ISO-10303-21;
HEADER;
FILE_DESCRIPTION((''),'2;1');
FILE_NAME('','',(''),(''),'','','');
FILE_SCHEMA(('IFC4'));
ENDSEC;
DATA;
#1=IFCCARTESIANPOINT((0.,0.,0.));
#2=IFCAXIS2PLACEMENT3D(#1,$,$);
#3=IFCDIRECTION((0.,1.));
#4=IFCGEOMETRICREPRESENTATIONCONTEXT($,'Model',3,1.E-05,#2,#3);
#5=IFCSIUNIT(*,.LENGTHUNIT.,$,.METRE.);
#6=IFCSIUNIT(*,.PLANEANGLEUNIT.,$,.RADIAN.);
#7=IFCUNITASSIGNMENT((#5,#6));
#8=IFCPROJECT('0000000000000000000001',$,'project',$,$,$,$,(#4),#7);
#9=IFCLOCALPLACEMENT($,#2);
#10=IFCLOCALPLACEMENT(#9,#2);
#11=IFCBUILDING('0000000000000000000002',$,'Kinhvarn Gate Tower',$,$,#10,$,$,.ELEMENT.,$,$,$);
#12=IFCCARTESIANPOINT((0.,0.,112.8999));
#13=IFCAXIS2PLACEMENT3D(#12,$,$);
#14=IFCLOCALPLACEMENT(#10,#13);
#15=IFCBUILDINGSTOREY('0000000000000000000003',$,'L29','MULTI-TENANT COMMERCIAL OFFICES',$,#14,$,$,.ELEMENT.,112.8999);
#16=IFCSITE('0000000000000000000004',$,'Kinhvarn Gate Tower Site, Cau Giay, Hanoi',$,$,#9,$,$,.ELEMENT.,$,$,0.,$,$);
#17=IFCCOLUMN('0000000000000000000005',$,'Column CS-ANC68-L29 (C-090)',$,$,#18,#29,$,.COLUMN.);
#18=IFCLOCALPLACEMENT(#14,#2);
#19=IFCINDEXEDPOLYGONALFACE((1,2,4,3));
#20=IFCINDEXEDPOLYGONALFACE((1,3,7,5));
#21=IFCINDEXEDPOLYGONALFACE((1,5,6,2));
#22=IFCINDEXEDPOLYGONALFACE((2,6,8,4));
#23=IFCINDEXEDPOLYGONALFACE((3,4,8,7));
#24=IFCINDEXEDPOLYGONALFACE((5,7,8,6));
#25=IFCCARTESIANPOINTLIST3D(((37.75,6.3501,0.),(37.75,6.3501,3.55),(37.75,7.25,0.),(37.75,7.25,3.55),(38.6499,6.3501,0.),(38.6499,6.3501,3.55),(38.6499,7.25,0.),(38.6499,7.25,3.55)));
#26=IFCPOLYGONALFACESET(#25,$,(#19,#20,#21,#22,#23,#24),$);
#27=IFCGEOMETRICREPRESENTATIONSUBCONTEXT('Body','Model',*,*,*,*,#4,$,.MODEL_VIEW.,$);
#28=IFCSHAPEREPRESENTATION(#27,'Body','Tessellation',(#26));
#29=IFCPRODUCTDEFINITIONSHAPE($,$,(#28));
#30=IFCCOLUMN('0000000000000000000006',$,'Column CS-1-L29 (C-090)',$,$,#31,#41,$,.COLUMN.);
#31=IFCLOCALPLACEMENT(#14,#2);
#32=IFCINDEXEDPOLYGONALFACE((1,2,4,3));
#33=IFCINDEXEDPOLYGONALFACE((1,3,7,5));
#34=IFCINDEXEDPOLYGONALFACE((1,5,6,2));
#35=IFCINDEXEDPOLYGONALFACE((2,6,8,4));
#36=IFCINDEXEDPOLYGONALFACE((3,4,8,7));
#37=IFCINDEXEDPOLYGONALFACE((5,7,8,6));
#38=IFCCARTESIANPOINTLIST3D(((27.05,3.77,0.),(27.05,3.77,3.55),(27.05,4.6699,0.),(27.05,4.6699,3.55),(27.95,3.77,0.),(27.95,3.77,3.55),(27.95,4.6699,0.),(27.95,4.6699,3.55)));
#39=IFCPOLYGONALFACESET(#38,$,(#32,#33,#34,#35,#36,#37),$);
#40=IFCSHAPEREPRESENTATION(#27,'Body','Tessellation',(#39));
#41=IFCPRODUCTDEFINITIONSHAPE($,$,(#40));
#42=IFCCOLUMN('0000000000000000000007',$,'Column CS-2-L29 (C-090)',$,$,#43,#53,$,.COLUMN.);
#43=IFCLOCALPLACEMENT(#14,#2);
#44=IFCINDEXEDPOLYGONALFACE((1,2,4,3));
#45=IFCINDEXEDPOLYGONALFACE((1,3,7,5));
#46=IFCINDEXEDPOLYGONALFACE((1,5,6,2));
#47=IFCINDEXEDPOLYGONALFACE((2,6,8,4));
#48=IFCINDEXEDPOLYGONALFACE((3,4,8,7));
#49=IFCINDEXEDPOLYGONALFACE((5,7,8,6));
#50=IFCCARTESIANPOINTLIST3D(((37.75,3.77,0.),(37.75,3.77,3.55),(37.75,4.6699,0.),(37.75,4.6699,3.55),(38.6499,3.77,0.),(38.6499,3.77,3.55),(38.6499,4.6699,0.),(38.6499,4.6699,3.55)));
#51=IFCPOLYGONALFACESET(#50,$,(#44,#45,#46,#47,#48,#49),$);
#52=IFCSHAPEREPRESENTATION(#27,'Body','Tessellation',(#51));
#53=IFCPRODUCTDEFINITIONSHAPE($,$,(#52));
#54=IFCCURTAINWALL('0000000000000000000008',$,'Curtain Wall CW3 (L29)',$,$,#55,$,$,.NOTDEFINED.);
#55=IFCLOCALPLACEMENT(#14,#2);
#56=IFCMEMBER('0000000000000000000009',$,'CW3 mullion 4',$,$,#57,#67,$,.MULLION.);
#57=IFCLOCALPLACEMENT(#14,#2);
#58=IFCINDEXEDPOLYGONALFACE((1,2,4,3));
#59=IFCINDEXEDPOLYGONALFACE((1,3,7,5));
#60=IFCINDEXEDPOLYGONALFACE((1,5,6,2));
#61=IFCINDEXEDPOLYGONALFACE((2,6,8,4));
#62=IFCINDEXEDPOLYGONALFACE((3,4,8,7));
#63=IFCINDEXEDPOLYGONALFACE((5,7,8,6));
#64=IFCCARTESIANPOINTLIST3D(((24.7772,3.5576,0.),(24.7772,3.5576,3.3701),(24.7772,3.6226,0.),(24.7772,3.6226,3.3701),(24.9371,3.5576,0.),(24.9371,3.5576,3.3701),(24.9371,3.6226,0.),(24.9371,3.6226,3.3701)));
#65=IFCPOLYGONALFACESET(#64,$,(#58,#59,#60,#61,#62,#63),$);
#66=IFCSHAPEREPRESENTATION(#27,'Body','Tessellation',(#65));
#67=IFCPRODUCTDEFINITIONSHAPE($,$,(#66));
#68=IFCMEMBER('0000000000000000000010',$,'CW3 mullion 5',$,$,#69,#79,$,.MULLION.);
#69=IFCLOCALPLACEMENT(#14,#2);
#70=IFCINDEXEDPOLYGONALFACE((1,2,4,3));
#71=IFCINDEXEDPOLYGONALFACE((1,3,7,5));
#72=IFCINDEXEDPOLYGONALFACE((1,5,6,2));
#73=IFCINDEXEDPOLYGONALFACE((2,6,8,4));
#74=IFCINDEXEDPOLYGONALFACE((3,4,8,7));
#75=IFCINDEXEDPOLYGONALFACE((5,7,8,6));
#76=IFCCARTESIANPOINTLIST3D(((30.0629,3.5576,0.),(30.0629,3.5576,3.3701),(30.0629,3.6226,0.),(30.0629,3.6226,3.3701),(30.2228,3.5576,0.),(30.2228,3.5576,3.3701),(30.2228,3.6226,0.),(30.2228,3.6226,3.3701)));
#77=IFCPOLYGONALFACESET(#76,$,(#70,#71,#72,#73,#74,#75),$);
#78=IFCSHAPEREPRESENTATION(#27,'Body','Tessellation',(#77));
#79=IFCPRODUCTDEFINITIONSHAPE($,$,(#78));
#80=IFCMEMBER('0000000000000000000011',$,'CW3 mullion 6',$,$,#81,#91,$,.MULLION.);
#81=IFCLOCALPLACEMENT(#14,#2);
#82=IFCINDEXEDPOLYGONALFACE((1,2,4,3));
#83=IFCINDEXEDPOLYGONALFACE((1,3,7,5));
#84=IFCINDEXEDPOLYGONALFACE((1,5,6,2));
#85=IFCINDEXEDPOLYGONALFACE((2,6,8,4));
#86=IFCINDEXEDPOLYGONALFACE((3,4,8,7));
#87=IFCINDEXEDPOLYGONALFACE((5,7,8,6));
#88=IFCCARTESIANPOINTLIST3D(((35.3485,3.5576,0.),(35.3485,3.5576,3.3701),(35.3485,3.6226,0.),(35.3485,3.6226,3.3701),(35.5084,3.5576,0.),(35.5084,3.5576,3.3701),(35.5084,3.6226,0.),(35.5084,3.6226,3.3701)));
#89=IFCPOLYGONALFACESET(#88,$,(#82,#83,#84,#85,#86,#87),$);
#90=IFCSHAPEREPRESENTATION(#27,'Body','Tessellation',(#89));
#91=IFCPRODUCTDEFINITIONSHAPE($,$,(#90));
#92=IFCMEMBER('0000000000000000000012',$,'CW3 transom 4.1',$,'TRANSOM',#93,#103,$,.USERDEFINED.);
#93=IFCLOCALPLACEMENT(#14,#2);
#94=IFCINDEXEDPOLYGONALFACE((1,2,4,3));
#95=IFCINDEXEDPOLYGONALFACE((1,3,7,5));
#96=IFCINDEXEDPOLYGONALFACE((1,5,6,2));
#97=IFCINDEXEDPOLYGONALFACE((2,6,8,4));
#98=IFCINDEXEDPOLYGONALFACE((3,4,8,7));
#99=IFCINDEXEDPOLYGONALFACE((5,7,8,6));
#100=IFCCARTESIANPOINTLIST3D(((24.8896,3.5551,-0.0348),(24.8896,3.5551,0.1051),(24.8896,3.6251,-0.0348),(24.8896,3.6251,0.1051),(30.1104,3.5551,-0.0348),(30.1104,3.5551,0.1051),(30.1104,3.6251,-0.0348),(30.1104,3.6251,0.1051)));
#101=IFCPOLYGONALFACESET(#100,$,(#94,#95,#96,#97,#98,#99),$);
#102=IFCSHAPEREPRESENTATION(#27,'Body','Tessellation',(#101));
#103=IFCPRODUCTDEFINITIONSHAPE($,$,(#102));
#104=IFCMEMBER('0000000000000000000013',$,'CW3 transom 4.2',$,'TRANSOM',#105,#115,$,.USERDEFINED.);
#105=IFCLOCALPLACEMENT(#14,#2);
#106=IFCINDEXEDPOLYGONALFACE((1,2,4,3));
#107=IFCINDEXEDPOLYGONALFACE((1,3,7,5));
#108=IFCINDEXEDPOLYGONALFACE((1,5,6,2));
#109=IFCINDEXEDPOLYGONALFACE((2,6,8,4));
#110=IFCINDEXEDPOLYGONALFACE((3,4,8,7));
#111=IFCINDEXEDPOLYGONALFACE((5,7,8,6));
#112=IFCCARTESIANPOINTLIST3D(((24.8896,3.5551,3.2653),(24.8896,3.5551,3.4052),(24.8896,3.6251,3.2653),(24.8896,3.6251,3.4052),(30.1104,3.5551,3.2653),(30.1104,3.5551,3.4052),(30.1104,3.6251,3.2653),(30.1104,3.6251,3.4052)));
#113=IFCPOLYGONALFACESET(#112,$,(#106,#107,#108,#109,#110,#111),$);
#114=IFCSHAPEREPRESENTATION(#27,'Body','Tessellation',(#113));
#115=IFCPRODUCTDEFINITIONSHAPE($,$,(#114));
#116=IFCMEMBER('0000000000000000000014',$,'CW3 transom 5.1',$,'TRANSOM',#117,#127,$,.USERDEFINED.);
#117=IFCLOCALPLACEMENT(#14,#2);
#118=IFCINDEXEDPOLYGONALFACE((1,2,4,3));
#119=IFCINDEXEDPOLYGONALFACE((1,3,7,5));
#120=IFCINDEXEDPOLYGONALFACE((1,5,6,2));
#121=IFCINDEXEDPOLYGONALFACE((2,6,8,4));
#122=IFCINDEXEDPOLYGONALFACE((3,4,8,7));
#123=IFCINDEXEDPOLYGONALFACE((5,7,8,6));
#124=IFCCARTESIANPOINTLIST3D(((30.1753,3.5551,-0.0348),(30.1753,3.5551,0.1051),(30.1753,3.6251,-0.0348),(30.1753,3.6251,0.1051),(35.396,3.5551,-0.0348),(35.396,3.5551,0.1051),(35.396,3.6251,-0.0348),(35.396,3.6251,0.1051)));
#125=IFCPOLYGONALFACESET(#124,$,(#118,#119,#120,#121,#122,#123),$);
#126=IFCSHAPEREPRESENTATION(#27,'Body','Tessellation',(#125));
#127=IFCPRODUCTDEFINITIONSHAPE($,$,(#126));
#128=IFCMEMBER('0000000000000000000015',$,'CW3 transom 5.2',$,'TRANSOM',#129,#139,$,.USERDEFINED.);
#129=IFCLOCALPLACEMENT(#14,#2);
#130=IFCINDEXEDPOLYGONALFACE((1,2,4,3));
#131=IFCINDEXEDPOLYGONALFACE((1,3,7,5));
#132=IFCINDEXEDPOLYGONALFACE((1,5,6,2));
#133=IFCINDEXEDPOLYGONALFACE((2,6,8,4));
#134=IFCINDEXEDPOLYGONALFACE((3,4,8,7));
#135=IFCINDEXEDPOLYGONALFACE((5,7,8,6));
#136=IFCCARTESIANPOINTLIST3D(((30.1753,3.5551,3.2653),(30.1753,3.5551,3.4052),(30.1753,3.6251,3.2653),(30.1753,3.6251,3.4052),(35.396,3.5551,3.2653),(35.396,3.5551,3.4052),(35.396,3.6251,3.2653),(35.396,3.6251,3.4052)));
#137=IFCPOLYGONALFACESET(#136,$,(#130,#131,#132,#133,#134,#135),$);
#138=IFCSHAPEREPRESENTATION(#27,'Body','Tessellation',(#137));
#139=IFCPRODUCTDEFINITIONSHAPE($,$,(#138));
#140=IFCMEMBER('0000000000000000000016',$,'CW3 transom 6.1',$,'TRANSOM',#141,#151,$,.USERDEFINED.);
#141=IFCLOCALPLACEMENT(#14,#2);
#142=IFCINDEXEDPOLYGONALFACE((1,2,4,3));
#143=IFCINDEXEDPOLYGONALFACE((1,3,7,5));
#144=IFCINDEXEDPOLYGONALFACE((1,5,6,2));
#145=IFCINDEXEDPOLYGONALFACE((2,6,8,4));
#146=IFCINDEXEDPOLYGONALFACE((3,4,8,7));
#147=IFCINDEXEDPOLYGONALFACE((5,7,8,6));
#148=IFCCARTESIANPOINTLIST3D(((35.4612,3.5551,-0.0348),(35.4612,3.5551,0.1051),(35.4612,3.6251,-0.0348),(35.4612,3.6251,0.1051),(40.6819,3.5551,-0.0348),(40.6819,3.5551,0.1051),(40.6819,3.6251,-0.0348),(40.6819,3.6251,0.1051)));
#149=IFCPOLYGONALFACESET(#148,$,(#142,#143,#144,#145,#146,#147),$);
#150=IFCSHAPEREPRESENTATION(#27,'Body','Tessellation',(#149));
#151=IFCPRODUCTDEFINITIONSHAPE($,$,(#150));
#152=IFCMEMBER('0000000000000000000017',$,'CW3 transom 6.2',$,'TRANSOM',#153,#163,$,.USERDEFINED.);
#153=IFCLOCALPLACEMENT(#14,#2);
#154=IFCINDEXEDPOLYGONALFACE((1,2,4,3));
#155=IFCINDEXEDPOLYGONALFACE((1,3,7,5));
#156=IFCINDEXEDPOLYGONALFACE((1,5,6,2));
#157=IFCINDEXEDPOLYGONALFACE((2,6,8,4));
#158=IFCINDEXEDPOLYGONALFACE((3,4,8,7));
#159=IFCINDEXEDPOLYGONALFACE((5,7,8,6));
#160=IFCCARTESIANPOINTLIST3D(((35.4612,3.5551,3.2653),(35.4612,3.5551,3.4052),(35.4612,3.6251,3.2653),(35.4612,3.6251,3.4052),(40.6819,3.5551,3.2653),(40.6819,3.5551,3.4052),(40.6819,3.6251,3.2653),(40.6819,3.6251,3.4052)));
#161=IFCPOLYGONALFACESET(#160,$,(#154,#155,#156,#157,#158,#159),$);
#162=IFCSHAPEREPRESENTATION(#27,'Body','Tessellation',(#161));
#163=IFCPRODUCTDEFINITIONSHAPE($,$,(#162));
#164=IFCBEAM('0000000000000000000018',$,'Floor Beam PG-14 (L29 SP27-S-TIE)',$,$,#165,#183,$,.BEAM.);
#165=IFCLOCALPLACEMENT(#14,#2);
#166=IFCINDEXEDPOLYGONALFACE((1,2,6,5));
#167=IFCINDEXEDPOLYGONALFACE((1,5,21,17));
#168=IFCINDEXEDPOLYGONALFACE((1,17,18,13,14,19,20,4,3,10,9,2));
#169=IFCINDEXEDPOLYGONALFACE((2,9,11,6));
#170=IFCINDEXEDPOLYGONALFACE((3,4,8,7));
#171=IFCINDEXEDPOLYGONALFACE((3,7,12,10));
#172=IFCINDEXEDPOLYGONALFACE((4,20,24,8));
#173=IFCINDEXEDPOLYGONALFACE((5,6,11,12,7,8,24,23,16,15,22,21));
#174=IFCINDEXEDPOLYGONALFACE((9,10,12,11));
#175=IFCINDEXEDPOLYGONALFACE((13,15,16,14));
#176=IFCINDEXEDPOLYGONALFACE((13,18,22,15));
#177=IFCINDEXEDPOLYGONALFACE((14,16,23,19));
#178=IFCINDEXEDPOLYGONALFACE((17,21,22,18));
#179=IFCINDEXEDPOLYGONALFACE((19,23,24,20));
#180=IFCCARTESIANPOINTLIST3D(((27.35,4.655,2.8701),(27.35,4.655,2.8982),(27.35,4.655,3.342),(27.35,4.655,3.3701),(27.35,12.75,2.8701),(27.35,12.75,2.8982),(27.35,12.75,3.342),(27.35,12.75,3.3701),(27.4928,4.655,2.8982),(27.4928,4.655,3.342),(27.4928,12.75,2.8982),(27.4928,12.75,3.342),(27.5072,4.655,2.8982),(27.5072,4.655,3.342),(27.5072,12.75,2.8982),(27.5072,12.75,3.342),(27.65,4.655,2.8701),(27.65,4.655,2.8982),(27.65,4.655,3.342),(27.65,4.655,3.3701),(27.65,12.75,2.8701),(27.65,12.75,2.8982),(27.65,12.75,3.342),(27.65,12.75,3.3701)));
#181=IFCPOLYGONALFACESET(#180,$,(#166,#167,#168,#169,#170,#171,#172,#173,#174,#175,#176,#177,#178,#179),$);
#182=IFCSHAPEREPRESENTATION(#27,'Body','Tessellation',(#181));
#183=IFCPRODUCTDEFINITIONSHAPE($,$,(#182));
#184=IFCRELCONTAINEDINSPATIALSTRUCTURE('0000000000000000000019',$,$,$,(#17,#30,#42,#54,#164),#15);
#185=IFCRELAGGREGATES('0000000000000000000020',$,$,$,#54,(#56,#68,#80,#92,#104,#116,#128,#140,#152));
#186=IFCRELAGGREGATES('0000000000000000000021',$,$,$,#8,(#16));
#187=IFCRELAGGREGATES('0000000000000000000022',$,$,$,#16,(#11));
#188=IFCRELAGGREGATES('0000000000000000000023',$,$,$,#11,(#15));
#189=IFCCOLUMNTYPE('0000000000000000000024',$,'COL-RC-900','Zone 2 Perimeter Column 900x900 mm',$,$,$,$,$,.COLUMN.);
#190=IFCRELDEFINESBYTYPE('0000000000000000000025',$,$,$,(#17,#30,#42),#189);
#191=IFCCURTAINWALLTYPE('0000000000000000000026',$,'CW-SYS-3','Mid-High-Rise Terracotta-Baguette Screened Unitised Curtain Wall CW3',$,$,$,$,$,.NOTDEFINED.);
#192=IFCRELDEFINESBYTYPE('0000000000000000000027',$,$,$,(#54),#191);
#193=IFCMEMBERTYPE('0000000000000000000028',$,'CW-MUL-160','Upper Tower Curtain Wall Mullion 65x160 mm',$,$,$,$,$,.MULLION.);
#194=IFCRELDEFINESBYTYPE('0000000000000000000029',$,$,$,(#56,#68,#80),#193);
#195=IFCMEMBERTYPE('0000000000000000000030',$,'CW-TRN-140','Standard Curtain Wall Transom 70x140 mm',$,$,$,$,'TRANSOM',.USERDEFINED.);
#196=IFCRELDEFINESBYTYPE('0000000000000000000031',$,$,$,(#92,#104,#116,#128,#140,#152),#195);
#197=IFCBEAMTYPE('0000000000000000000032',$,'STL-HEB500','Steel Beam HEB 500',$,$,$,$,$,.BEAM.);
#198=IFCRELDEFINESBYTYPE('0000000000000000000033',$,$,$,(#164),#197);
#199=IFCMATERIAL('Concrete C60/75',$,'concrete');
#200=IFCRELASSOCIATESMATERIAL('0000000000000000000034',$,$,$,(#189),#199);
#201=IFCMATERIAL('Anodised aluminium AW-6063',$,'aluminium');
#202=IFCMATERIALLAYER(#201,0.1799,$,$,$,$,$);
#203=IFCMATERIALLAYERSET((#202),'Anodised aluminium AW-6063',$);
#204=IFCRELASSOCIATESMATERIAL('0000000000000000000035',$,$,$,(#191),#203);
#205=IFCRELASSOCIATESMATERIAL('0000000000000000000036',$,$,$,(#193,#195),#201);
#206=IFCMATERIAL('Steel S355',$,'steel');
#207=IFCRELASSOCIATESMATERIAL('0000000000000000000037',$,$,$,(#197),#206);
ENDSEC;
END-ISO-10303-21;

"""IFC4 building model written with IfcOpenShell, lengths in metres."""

from ifc_helpers import new_model, si_unit, direction, frame, origin, origin_2d, place, context, subcontext, project, spatial, rectangle, i_section, extrude, material, layer, layer_set, material_profile, profile_set, type_object, element, aggregate, save


model = new_model("IFC4")

# Units and contexts
model_context = context("Model", 3, precision=1e-05, world=origin(), true_north=direction((0.0, 1.0)))
body_context = subcontext(model_context, "Body", "Model", "MODEL_VIEW")
ifc_project = project(units=[si_unit("LENGTHUNIT", "METRE"), si_unit("PLANEANGLEUNIT", "RADIAN")], contexts=[model_context])

# Site, building, storey
site_placement = place(None, origin())
site = spatial("IfcSite", under=ifc_project, at=site_placement, Name="Kinhvarn Gate Tower Site, Cau Giay, Hanoi", CompositionType="ELEMENT", RefElevation=0.0)
building_placement = place(site_placement, origin())
building = spatial("IfcBuilding", under=site, at=building_placement, Name="Kinhvarn Gate Tower", CompositionType="ELEMENT")
storey_placement = place(building_placement, frame((0.0, 0.0, 112.8999)))
storey = spatial("IfcBuildingStorey", under=building, at=storey_placement, Name="L29", Description="MULTI-TENANT COMMERCIAL OFFICES", CompositionType="ELEMENT", Elevation=112.8999)

# Columns
ifc_material_1 = material(Name="Concrete C60/75", Category="concrete")
ifc_material_profile_1 = material_profile(ifc_material_1, rectangle(XDim=0.8999, YDim=0.8999, at=origin_2d()), Name="RC 900x900")
ifc_profile_set_1 = profile_set([ifc_material_profile_1], Name="Concrete C60/75")
column_type = type_object("IfcColumnType", Name="COL-RC-900", Description="Zone 2 Perimeter Column 900x900 mm", PredefinedType="COLUMN", material=ifc_profile_set_1)
for number, where, z_axis, x_axis, name in (
    (1, (38.2, 6.8, 0.0), (0.0, 0.0, 1.0), (1.0, 0.0, 0.0), "Column CS-ANC68-L29 (C-090)"),
    (2, (27.5, 4.22, 0.0), (0.0, 0.0, 1.0), (1.0, 0.0, 0.0), "Column CS-1-L29 (C-090)"),
    (3, (38.2, 4.22, 0.0), (0.0, 0.0, 1.0), (1.0, 0.0, 0.0), "Column CS-2-L29 (C-090)"),
):
    element("IfcColumn", number, at=place(storey_placement, frame(where, z_axis=z_axis, x_axis=x_axis)), inside=storey, type_object=column_type, Name=name, PredefinedType="COLUMN", context=body_context, shape_type="SweptSolid", body=[
        extrude(rectangle(XDim=0.8999, YDim=0.8999, at=origin_2d()), origin(), (0.0, 0.0, 1.0), 3.55),
    ])

# Curtain wall, members
ifc_material_2 = material(Name="Anodised aluminium AW-6063", Category="aluminium")
ifc_layer_1 = layer(ifc_material_2, 0.1799)
ifc_layer_set_1 = layer_set([ifc_layer_1], Name="Anodised aluminium AW-6063")
curtain_wall_type = type_object("IfcCurtainWallType", Name="CW-SYS-3", Description="Mid-High-Rise Terracotta-Baguette Screened Unitised Curtain Wall CW3", PredefinedType="NOTDEFINED", material=ifc_layer_set_1)
curtain_wall_placement = place(storey_placement, origin())
curtain_wall = element("IfcCurtainWall", 4, at=curtain_wall_placement, inside=storey, type_object=curtain_wall_type, Name="Curtain Wall CW3 (L29)", PredefinedType="NOTDEFINED")
ifc_material_profile_2 = material_profile(ifc_material_2, rectangle(XDim=0.0649, YDim=0.1599, at=origin_2d()), Name="ALU 65x160")
ifc_profile_set_2 = profile_set([ifc_material_profile_2], Name="Anodised aluminium AW-6063")
member_type_1 = type_object("IfcMemberType", Name="CW-MUL-160", Description="Upper Tower Curtain Wall Mullion 65x160 mm", PredefinedType="MULLION", material=ifc_profile_set_2)
member_1_placement = place(storey_placement, frame((24.8572, 3.5901, 0.0), z_axis=(0.0, 0.0, 1.0), x_axis=(0.0, 1.0, 0.0)))
member_1 = element("IfcMember", 5, at=member_1_placement, type_object=member_type_1, Name="CW3 mullion 4", PredefinedType="MULLION", context=body_context, shape_type="SweptSolid", body=[
    extrude(rectangle(XDim=0.0649, YDim=0.1599, at=origin_2d()), origin(), (0.0, 0.0, 1.0), 3.3701),
])
member_2_placement = place(storey_placement, frame((30.1428, 3.5901, 0.0), z_axis=(0.0, 0.0, 1.0), x_axis=(0.0, 1.0, 0.0)))
member_2 = element("IfcMember", 6, at=member_2_placement, type_object=member_type_1, Name="CW3 mullion 5", PredefinedType="MULLION", context=body_context, shape_type="SweptSolid", body=[
    extrude(rectangle(XDim=0.0649, YDim=0.1599, at=origin_2d()), origin(), (0.0, 0.0, 1.0), 3.3701),
])
member_3_placement = place(storey_placement, frame((35.4285, 3.5901, 0.0), z_axis=(0.0, 0.0, 1.0), x_axis=(0.0, 1.0, 0.0)))
member_3 = element("IfcMember", 7, at=member_3_placement, type_object=member_type_1, Name="CW3 mullion 6", PredefinedType="MULLION", context=body_context, shape_type="SweptSolid", body=[
    extrude(rectangle(XDim=0.0649, YDim=0.1599, at=origin_2d()), origin(), (0.0, 0.0, 1.0), 3.3701),
])
ifc_material_profile_3 = material_profile(ifc_material_2, rectangle(XDim=0.0701, YDim=0.1399, at=origin_2d()), Name="ALU 70x140")
ifc_profile_set_3 = profile_set([ifc_material_profile_3], Name="Anodised aluminium AW-6063")
member_type_2 = type_object("IfcMemberType", Name="CW-TRN-140", Description="Standard Curtain Wall Transom 70x140 mm", ElementType="TRANSOM", PredefinedType="USERDEFINED", material=ifc_profile_set_3)
member_4_placement = place(storey_placement, frame((24.8896, 3.5901, 0.0352), z_axis=(1.0, 0.0, 0.0), x_axis=(0.0, 1.0, 0.0)))
member_4 = element("IfcMember", 8, at=member_4_placement, type_object=member_type_2, Name="CW3 transom 4.1", ObjectType="TRANSOM", PredefinedType="USERDEFINED", context=body_context, shape_type="SweptSolid", body=[
    extrude(rectangle(XDim=0.0701, YDim=0.1399, at=origin_2d()), origin(), (0.0, 0.0, 1.0), 5.2207),
])
member_5_placement = place(storey_placement, frame((24.8896, 3.5901, 3.3352), z_axis=(1.0, 0.0, 0.0), x_axis=(0.0, 1.0, 0.0)))
member_5 = element("IfcMember", 9, at=member_5_placement, type_object=member_type_2, Name="CW3 transom 4.2", ObjectType="TRANSOM", PredefinedType="USERDEFINED", context=body_context, shape_type="SweptSolid", body=[
    extrude(rectangle(XDim=0.0701, YDim=0.1399, at=origin_2d()), origin(), (0.0, 0.0, 1.0), 5.2207),
])
member_6_placement = place(storey_placement, frame((30.1753, 3.5901, 0.0352), z_axis=(1.0, 0.0, 0.0), x_axis=(0.0, 1.0, 0.0)))
member_6 = element("IfcMember", 10, at=member_6_placement, type_object=member_type_2, Name="CW3 transom 5.1", ObjectType="TRANSOM", PredefinedType="USERDEFINED", context=body_context, shape_type="SweptSolid", body=[
    extrude(rectangle(XDim=0.0701, YDim=0.1399, at=origin_2d()), origin(), (0.0, 0.0, 1.0), 5.2207),
])
member_7_placement = place(storey_placement, frame((30.1753, 3.5901, 3.3352), z_axis=(1.0, 0.0, 0.0), x_axis=(0.0, 1.0, 0.0)))
member_7 = element("IfcMember", 11, at=member_7_placement, type_object=member_type_2, Name="CW3 transom 5.2", ObjectType="TRANSOM", PredefinedType="USERDEFINED", context=body_context, shape_type="SweptSolid", body=[
    extrude(rectangle(XDim=0.0701, YDim=0.1399, at=origin_2d()), origin(), (0.0, 0.0, 1.0), 5.2207),
])
member_8_placement = place(storey_placement, frame((35.4612, 3.5901, 0.0352), z_axis=(1.0, 0.0, 0.0), x_axis=(0.0, 1.0, 0.0)))
member_8 = element("IfcMember", 12, at=member_8_placement, type_object=member_type_2, Name="CW3 transom 6.1", ObjectType="TRANSOM", PredefinedType="USERDEFINED", context=body_context, shape_type="SweptSolid", body=[
    extrude(rectangle(XDim=0.0701, YDim=0.1399, at=origin_2d()), origin(), (0.0, 0.0, 1.0), 5.2207),
])
member_9_placement = place(storey_placement, frame((35.4612, 3.5901, 3.3352), z_axis=(1.0, 0.0, 0.0), x_axis=(0.0, 1.0, 0.0)))
member_9 = element("IfcMember", 13, at=member_9_placement, type_object=member_type_2, Name="CW3 transom 6.2", ObjectType="TRANSOM", PredefinedType="USERDEFINED", context=body_context, shape_type="SweptSolid", body=[
    extrude(rectangle(XDim=0.0701, YDim=0.1399, at=origin_2d()), origin(), (0.0, 0.0, 1.0), 5.2207),
])

# Beam
ifc_material_3 = material(Name="Steel S355", Category="steel")
ifc_material_profile_4 = material_profile(ifc_material_3, i_section(OverallWidth=0.3, OverallDepth=0.5, WebThickness=0.0144, FlangeThickness=0.0281, at=origin_2d()), Name="HEB 500")
ifc_profile_set_4 = profile_set([ifc_material_profile_4], Name="Steel S355")
beam_type_1 = type_object("IfcBeamType", Name="STL-HEB500", Description="Steel Beam HEB 500", PredefinedType="BEAM", material=ifc_profile_set_4)
beam_1_placement = place(storey_placement, frame((27.5, 4.655, 3.1201), z_axis=(0.0, 1.0, 0.0), x_axis=(-1.0, 0.0, 0.0)))
element("IfcBeam", 14, at=beam_1_placement, inside=storey, type_object=beam_type_1, Name="Floor Beam PG-14 (L29 SP27-S-TIE)", PredefinedType="BEAM", context=body_context, shape_type="SweptSolid", body=[
    extrude(i_section(OverallWidth=0.3, OverallDepth=0.5, WebThickness=0.0144, FlangeThickness=0.0281, at=origin_2d()), origin(), (0.0, 0.0, 1.0), 8.095),
])

aggregate(curtain_wall, [member_1, member_2, member_3, member_4, member_5, member_6, member_7, member_8, member_9])

save(model, "model.ifc")
